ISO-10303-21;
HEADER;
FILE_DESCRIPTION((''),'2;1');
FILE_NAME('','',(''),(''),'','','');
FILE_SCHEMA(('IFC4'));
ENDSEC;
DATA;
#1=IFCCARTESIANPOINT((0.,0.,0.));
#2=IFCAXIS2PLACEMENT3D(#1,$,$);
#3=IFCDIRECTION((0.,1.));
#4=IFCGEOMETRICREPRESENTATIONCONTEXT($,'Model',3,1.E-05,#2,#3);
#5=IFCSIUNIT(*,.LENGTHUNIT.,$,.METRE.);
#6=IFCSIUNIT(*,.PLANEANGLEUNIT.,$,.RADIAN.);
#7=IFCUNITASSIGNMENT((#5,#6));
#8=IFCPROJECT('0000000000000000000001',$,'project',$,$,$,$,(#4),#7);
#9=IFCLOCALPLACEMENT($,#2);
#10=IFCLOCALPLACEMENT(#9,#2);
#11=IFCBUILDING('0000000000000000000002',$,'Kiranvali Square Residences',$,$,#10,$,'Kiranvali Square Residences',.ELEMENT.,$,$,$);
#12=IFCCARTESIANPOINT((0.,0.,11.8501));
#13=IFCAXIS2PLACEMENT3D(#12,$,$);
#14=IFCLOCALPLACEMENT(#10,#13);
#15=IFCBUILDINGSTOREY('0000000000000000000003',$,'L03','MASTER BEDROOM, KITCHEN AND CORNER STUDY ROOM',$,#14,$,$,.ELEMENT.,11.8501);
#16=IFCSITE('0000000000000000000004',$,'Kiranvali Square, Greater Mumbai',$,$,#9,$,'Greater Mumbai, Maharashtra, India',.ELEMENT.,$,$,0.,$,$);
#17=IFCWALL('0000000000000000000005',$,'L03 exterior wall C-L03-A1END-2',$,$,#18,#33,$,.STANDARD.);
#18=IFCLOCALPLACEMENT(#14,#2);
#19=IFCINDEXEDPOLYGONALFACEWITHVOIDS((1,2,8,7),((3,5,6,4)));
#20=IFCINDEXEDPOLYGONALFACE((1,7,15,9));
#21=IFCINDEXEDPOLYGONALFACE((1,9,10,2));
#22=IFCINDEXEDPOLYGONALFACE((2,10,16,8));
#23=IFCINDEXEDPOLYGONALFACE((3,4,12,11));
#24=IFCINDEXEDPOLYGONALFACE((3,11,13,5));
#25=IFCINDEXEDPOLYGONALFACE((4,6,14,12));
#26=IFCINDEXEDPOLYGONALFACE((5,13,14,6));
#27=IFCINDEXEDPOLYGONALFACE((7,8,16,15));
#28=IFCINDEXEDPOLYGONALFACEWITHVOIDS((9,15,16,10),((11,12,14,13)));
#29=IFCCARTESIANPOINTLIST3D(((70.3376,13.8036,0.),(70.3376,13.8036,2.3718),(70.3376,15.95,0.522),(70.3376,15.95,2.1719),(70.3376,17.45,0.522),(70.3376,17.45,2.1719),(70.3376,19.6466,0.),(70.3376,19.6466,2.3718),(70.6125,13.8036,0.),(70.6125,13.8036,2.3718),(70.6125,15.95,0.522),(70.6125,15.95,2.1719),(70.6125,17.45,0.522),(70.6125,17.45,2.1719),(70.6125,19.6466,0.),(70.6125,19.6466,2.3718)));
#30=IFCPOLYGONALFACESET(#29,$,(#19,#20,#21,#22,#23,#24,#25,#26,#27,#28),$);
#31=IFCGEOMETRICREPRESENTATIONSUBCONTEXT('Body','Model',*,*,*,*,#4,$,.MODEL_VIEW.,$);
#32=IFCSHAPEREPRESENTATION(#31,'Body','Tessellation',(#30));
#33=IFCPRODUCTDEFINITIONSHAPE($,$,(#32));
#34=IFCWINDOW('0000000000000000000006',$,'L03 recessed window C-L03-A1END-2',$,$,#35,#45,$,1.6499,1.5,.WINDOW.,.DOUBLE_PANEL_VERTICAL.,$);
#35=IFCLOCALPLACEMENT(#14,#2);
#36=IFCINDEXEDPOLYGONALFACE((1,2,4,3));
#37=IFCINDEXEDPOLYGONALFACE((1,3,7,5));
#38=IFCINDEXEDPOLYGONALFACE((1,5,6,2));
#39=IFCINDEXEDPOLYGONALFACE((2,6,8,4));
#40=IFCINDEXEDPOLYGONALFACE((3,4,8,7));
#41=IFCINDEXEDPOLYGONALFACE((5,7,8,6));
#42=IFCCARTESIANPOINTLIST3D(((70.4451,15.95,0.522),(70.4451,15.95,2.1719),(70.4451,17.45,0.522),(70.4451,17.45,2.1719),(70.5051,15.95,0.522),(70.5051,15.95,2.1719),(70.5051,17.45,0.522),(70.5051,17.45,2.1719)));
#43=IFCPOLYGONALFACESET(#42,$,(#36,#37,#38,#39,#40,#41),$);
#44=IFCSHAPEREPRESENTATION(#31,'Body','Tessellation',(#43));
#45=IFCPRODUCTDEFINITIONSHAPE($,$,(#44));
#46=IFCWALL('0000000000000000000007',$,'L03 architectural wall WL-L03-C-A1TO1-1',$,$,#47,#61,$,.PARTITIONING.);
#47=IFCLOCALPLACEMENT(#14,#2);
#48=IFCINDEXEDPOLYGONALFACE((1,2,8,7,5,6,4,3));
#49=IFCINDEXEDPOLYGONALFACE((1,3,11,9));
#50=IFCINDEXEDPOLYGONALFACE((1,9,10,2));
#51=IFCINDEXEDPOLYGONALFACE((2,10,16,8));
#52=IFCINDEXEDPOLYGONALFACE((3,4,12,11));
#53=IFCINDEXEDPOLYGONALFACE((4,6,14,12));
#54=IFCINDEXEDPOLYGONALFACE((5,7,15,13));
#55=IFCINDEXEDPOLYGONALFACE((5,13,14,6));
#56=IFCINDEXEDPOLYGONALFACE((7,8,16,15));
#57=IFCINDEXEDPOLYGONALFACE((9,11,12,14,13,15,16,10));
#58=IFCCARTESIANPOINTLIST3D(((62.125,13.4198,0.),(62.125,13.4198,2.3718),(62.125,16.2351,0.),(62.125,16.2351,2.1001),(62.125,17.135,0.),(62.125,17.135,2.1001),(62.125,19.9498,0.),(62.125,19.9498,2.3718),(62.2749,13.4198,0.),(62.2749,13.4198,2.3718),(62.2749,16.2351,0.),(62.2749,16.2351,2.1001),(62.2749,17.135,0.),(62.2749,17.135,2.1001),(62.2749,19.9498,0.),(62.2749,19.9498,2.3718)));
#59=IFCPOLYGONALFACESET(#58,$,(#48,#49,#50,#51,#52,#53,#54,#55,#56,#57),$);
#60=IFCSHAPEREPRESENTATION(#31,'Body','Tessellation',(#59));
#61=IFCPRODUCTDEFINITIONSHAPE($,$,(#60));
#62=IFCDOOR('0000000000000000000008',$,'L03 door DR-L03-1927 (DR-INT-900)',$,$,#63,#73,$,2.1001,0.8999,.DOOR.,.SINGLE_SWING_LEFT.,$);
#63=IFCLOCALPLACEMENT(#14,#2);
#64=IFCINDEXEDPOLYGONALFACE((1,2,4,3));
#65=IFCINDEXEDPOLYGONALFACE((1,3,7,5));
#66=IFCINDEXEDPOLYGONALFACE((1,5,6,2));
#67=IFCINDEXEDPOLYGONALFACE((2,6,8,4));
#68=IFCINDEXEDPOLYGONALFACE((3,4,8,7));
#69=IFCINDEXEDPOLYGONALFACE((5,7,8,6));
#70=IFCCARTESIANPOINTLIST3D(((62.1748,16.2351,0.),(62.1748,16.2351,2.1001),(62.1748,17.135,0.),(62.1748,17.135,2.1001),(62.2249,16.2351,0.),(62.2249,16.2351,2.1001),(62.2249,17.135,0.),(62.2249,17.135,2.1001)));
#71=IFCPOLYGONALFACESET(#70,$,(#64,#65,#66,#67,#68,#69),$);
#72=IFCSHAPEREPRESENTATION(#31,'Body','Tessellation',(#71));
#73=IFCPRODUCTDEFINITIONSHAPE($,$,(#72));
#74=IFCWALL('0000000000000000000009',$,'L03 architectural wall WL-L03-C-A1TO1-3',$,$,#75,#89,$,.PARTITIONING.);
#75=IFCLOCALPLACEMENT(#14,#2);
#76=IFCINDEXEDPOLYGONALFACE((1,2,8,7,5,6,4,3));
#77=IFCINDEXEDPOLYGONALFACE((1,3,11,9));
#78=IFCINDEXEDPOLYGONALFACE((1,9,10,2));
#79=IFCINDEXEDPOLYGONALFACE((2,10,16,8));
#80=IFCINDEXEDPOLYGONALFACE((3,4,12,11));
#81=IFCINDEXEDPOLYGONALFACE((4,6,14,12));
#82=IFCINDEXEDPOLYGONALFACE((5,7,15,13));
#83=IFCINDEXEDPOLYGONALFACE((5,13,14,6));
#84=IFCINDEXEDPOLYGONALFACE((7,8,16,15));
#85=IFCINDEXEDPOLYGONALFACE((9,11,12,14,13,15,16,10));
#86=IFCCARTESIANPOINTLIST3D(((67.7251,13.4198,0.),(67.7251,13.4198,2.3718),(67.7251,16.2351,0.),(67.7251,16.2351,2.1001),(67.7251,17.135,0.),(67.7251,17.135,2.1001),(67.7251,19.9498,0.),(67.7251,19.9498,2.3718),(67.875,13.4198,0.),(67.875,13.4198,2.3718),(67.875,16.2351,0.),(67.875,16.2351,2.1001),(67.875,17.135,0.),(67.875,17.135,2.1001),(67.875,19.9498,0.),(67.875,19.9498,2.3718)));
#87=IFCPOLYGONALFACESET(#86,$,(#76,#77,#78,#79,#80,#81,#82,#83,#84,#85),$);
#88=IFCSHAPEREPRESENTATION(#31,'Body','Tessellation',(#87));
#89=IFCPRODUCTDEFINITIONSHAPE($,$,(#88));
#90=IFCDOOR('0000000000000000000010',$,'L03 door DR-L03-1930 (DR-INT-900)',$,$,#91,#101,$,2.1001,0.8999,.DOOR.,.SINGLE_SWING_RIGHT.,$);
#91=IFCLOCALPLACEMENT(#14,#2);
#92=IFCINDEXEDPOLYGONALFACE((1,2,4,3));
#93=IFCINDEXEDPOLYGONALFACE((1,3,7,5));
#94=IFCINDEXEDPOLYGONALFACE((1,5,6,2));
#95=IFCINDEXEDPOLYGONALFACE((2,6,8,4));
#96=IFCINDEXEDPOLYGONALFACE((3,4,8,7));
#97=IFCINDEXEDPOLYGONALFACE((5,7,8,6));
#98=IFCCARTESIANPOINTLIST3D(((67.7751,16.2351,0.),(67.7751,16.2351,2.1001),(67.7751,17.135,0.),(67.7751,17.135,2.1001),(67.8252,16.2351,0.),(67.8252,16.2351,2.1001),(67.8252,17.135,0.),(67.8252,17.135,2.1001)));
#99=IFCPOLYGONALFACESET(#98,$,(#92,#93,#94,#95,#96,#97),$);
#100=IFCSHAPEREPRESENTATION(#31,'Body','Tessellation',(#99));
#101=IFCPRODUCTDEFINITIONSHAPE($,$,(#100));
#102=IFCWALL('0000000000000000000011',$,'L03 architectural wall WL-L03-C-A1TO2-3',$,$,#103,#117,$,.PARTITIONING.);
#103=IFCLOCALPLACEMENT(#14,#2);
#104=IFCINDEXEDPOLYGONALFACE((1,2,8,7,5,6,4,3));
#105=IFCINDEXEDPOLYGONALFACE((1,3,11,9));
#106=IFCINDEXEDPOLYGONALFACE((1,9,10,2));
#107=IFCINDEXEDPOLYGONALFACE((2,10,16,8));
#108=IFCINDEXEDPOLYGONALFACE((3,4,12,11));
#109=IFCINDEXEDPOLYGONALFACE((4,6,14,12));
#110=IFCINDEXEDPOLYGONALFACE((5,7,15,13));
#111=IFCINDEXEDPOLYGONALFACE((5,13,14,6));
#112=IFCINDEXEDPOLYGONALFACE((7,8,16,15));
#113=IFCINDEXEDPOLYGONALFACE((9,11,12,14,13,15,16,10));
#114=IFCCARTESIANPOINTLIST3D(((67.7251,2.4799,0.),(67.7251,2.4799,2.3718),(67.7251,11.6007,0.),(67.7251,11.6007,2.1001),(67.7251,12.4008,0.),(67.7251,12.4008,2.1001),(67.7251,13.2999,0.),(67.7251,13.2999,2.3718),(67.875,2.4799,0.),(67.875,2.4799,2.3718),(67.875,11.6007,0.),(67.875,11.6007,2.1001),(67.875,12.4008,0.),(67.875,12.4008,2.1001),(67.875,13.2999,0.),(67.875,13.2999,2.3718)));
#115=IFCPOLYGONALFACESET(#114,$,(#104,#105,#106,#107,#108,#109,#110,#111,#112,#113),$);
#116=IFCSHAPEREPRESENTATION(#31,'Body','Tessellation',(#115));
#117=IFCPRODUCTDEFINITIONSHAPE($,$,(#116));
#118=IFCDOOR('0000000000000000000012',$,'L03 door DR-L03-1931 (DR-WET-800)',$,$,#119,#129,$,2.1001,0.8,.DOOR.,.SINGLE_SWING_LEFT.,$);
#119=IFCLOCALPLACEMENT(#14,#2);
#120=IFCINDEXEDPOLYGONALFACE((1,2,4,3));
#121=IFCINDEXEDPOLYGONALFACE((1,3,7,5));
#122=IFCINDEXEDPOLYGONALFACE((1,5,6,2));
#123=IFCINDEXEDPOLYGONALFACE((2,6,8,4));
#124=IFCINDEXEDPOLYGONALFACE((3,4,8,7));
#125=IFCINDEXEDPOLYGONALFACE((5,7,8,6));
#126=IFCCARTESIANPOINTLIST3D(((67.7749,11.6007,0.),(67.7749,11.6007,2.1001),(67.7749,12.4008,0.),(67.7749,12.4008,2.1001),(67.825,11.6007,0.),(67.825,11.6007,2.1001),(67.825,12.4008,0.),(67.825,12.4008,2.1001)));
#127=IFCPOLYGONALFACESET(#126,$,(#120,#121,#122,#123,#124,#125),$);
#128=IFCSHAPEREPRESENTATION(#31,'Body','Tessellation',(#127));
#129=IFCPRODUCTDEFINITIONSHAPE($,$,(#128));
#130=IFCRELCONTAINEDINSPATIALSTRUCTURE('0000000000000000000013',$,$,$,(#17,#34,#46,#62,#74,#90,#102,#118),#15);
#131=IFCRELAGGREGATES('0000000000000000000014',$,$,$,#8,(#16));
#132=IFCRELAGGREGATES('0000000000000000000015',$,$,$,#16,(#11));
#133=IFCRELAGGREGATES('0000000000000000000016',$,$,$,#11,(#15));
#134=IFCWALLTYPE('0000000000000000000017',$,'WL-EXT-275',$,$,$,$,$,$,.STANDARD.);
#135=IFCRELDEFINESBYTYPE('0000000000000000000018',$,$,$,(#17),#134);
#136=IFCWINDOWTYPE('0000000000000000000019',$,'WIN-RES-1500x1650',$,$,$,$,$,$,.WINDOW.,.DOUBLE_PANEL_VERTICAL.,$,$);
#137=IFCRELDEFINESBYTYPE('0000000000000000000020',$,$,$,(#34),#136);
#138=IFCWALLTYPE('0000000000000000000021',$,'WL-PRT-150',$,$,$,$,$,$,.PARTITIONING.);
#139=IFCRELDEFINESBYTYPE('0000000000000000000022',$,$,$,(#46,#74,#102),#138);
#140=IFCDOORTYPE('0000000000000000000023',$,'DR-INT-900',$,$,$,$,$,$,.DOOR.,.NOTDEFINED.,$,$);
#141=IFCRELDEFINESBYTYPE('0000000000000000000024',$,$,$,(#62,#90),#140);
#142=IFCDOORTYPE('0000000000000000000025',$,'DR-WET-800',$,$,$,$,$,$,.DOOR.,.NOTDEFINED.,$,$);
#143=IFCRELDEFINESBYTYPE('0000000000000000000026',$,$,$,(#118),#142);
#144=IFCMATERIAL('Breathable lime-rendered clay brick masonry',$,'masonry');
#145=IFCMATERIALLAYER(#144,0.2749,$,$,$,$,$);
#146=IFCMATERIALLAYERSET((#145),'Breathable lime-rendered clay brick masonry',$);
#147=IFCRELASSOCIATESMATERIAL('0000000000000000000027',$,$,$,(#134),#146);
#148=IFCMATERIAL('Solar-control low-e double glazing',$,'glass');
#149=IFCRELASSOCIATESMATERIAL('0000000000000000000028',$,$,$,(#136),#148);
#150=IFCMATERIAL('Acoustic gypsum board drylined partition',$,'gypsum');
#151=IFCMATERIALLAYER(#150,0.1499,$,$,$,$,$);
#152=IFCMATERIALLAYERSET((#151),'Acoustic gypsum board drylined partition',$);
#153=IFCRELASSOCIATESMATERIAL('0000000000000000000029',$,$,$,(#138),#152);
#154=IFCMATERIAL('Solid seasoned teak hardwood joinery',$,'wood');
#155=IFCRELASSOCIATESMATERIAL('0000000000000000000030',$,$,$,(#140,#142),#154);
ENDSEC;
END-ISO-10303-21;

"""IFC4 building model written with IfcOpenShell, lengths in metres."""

from ifc_helpers import new_model, si_unit, direction, frame, frame_2d, origin, place, context, subcontext, project, spatial, rectangle, extrude, material, layer, layer_set, type_object, element, fill, save


model = new_model("IFC4")

# Units and contexts
model_context = context("Model", 3, precision=1e-05, world=origin(), true_north=direction((0.0, 1.0)))
body_context = subcontext(model_context, "Body", "Model", "MODEL_VIEW")
ifc_project = project(units=[si_unit("LENGTHUNIT", "METRE"), si_unit("PLANEANGLEUNIT", "RADIAN")], contexts=[model_context])

# Site, building, storey
site_placement = place(None, origin())
site = spatial("IfcSite", under=ifc_project, at=site_placement, Name="Kiranvali Square, Greater Mumbai", LongName="Greater Mumbai, Maharashtra, India", CompositionType="ELEMENT", RefElevation=0.0)
building_placement = place(site_placement, origin())
building = spatial("IfcBuilding", under=site, at=building_placement, Name="Kiranvali Square Residences", LongName="Kiranvali Square Residences", CompositionType="ELEMENT")
storey_placement = place(building_placement, frame((0.0, 0.0, 11.8501)))
storey = spatial("IfcBuildingStorey", under=building, at=storey_placement, Name="L03", Description="MASTER BEDROOM, KITCHEN AND CORNER STUDY ROOM", CompositionType="ELEMENT", Elevation=11.8501)

# Wall, opening, window
ifc_material_1 = material(Name="Breathable lime-rendered clay brick masonry", Category="masonry")
ifc_layer_1 = layer(ifc_material_1, 0.2749)
ifc_layer_set_1 = layer_set([ifc_layer_1], Name="Breathable lime-rendered clay brick masonry")
wall_type_1 = type_object("IfcWallType", Name="WL-EXT-275", PredefinedType="STANDARD", material=ifc_layer_set_1)
wall_1_placement = place(storey_placement, frame((70.4751, 19.6465, 0.0), z_axis=(0.0, 0.0, 1.0), x_axis=(0.0, -1.0, 0.0)))
wall_1 = element("IfcWall", 1, at=wall_1_placement, inside=storey, type_object=wall_type_1, Name="L03 exterior wall C-L03-A1END-2", PredefinedType="STANDARD", context=body_context, shape_type="SweptSolid", body=[
    extrude(rectangle(XDim=5.843, YDim=0.2749, at=frame_2d((2.9214, 0.0))), origin(), (0.0, 0.0, 1.0), 2.3718),
])
opening_1_placement = place(wall_1_placement, frame((2.1965, 0.0, 0.522)))
opening_1 = element("IfcOpeningElement", 2, at=opening_1_placement, cuts=wall_1, PredefinedType="OPENING", context=body_context, shape_type="SweptSolid", body=[
    extrude(rectangle(XDim=1.5, YDim=1.6499, at=frame_2d((0.75, 0.825))), frame((0.0, 0.1475, 0.0), z_axis=(0.0, -1.0, 0.0), x_axis=(1.0, 0.0, 0.0)), (0.0, 0.0, 1.0), 0.2949),
])
ifc_material_2 = material(Name="Solar-control low-e double glazing", Category="glass")
window_type = type_object("IfcWindowType", Name="WIN-RES-1500x1650", PartitioningType="DOUBLE_PANEL_VERTICAL", PredefinedType="WINDOW", material=ifc_material_2)
window_placement = place(opening_1_placement, origin())
window = element("IfcWindow", 3, at=window_placement, inside=storey, type_object=window_type, Name="L03 recessed window C-L03-A1END-2", OverallHeight=1.6499, OverallWidth=1.5, PartitioningType="DOUBLE_PANEL_VERTICAL", PredefinedType="WINDOW", context=body_context, shape_type="SweptSolid", body=[
    extrude(rectangle(XDim=1.5, YDim=1.6499, at=frame_2d((0.75, 0.825))), frame((0.0, 0.03, 0.0), z_axis=(0.0, -1.0, 0.0), x_axis=(1.0, 0.0, 0.0)), (0.0, 0.0, 1.0), 0.0601),
])
fill(opening_1, window)

# Walls, openings, doors
ifc_material_3 = material(Name="Acoustic gypsum board drylined partition", Category="gypsum")
ifc_layer_2 = layer(ifc_material_3, 0.1499)
ifc_layer_set_2 = layer_set([ifc_layer_2], Name="Acoustic gypsum board drylined partition")
wall_type_2 = type_object("IfcWallType", Name="WL-PRT-150", PredefinedType="PARTITIONING", material=ifc_layer_set_2)
wall_2_placement = place(storey_placement, frame((62.2, 19.95, 0.0), z_axis=(0.0, 0.0, 1.0), x_axis=(0.0, -1.0, 0.0)))
wall_2 = element("IfcWall", 4, at=wall_2_placement, inside=storey, type_object=wall_type_2, Name="L03 architectural wall WL-L03-C-A1TO1-1", PredefinedType="PARTITIONING", context=body_context, shape_type="SweptSolid", body=[
    extrude(rectangle(XDim=6.53, YDim=0.1499, at=frame_2d((3.2651, 0.0))), origin(), (0.0, 0.0, 1.0), 2.3718),
])
opening_2_placement = place(wall_2_placement, frame((2.8149, 0.0, 0.0)))
opening_2 = element("IfcOpeningElement", 5, at=opening_2_placement, cuts=wall_2, PredefinedType="OPENING", context=body_context, shape_type="SweptSolid", body=[
    extrude(rectangle(XDim=0.8999, YDim=2.1001, at=frame_2d((0.45, 1.05))), frame((0.0, 0.085, 0.0), z_axis=(0.0, -1.0, 0.0), x_axis=(1.0, 0.0, 0.0)), (0.0, 0.0, 1.0), 0.1699),
])
ifc_material_4 = material(Name="Solid seasoned teak hardwood joinery", Category="wood")
door_type_1 = type_object("IfcDoorType", Name="DR-INT-900", OperationType="NOTDEFINED", PredefinedType="DOOR", material=ifc_material_4)
door_1_placement = place(opening_2_placement, origin())
door_1 = element("IfcDoor", 6, at=door_1_placement, inside=storey, type_object=door_type_1, Name="L03 door DR-L03-1927 (DR-INT-900)", OperationType="SINGLE_SWING_LEFT", OverallHeight=2.1001, OverallWidth=0.8999, PredefinedType="DOOR", context=body_context, shape_type="SweptSolid", body=[
    extrude(rectangle(XDim=0.8999, YDim=2.1001, at=frame_2d((0.45, 1.05))), frame((0.0, 0.0249, 0.0), z_axis=(0.0, -1.0, 0.0), x_axis=(1.0, 0.0, 0.0)), (0.0, 0.0, 1.0), 0.05),
])
fill(opening_2, door_1)
wall_3_placement = place(storey_placement, frame((67.8, 19.95, 0.0), z_axis=(0.0, 0.0, 1.0), x_axis=(0.0, -1.0, 0.0)))
wall_3 = element("IfcWall", 7, at=wall_3_placement, inside=storey, type_object=wall_type_2, Name="L03 architectural wall WL-L03-C-A1TO1-3", PredefinedType="PARTITIONING", context=body_context, shape_type="SweptSolid", body=[
    extrude(rectangle(XDim=6.53, YDim=0.1499, at=frame_2d((3.2651, 0.0))), origin(), (0.0, 0.0, 1.0), 2.3718),
])
opening_3_placement = place(wall_3_placement, frame((2.8149, 0.0, 0.0)))
opening_3 = element("IfcOpeningElement", 8, at=opening_3_placement, cuts=wall_3, PredefinedType="OPENING", context=body_context, shape_type="SweptSolid", body=[
    extrude(rectangle(XDim=0.8999, YDim=2.1001, at=frame_2d((0.45, 1.05))), frame((0.0, 0.085, 0.0), z_axis=(0.0, -1.0, 0.0), x_axis=(1.0, 0.0, 0.0)), (0.0, 0.0, 1.0), 0.1699),
])
door_2_placement = place(opening_3_placement, frame((0.8999, 0.0, 0.0), z_axis=(0.0, 0.0, 1.0), x_axis=(-1.0, 0.0, 0.0)))
door_2 = element("IfcDoor", 9, at=door_2_placement, inside=storey, type_object=door_type_1, Name="L03 door DR-L03-1930 (DR-INT-900)", OperationType="SINGLE_SWING_RIGHT", OverallHeight=2.1001, OverallWidth=0.8999, PredefinedType="DOOR", context=body_context, shape_type="SweptSolid", body=[
    extrude(rectangle(XDim=0.8999, YDim=2.1001, at=frame_2d((0.45, 1.05))), frame((0.0, 0.0249, 0.0), z_axis=(0.0, -1.0, 0.0), x_axis=(1.0, 0.0, 0.0)), (0.0, 0.0, 1.0), 0.05),
])
fill(opening_3, door_2)
wall_4_placement = place(storey_placement, frame((67.8, 13.3, 0.0), z_axis=(0.0, 0.0, 1.0), x_axis=(0.0, -1.0, 0.0)))
wall_4 = element("IfcWall", 10, at=wall_4_placement, inside=storey, type_object=wall_type_2, Name="L03 architectural wall WL-L03-C-A1TO2-3", PredefinedType="PARTITIONING", context=body_context, shape_type="SweptSolid", body=[
    extrude(rectangle(XDim=10.8201, YDim=0.1499, at=frame_2d((5.4102, 0.0))), origin(), (0.0, 0.0, 1.0), 2.3718),
])
opening_4_placement = place(wall_4_placement, frame((0.8994, 0.0, 0.0)))
opening_4 = element("IfcOpeningElement", 11, at=opening_4_placement, cuts=wall_4, PredefinedType="OPENING", context=body_context, shape_type="SweptSolid", body=[
    extrude(rectangle(XDim=0.8, YDim=2.1001, at=frame_2d((0.3999, 1.05))), frame((0.0, 0.085, 0.0), z_axis=(0.0, -1.0, 0.0), x_axis=(1.0, 0.0, 0.0)), (0.0, 0.0, 1.0), 0.1699),
])
door_type_2 = type_object("IfcDoorType", Name="DR-WET-800", OperationType="NOTDEFINED", PredefinedType="DOOR", material=ifc_material_4)
door_3_placement = place(opening_4_placement, origin())
door_3 = element("IfcDoor", 12, at=door_3_placement, inside=storey, type_object=door_type_2, Name="L03 door DR-L03-1931 (DR-WET-800)", OperationType="SINGLE_SWING_LEFT", OverallHeight=2.1001, OverallWidth=0.8, PredefinedType="DOOR", context=body_context, shape_type="SweptSolid", body=[
    extrude(rectangle(XDim=0.8, YDim=2.1001, at=frame_2d((0.3999, 1.05))), frame((0.0, 0.0249, 0.0), z_axis=(0.0, -1.0, 0.0), x_axis=(1.0, 0.0, 0.0)), (0.0, 0.0, 1.0), 0.05),
])
fill(opening_4, door_3)

save(model, "model.ifc")
